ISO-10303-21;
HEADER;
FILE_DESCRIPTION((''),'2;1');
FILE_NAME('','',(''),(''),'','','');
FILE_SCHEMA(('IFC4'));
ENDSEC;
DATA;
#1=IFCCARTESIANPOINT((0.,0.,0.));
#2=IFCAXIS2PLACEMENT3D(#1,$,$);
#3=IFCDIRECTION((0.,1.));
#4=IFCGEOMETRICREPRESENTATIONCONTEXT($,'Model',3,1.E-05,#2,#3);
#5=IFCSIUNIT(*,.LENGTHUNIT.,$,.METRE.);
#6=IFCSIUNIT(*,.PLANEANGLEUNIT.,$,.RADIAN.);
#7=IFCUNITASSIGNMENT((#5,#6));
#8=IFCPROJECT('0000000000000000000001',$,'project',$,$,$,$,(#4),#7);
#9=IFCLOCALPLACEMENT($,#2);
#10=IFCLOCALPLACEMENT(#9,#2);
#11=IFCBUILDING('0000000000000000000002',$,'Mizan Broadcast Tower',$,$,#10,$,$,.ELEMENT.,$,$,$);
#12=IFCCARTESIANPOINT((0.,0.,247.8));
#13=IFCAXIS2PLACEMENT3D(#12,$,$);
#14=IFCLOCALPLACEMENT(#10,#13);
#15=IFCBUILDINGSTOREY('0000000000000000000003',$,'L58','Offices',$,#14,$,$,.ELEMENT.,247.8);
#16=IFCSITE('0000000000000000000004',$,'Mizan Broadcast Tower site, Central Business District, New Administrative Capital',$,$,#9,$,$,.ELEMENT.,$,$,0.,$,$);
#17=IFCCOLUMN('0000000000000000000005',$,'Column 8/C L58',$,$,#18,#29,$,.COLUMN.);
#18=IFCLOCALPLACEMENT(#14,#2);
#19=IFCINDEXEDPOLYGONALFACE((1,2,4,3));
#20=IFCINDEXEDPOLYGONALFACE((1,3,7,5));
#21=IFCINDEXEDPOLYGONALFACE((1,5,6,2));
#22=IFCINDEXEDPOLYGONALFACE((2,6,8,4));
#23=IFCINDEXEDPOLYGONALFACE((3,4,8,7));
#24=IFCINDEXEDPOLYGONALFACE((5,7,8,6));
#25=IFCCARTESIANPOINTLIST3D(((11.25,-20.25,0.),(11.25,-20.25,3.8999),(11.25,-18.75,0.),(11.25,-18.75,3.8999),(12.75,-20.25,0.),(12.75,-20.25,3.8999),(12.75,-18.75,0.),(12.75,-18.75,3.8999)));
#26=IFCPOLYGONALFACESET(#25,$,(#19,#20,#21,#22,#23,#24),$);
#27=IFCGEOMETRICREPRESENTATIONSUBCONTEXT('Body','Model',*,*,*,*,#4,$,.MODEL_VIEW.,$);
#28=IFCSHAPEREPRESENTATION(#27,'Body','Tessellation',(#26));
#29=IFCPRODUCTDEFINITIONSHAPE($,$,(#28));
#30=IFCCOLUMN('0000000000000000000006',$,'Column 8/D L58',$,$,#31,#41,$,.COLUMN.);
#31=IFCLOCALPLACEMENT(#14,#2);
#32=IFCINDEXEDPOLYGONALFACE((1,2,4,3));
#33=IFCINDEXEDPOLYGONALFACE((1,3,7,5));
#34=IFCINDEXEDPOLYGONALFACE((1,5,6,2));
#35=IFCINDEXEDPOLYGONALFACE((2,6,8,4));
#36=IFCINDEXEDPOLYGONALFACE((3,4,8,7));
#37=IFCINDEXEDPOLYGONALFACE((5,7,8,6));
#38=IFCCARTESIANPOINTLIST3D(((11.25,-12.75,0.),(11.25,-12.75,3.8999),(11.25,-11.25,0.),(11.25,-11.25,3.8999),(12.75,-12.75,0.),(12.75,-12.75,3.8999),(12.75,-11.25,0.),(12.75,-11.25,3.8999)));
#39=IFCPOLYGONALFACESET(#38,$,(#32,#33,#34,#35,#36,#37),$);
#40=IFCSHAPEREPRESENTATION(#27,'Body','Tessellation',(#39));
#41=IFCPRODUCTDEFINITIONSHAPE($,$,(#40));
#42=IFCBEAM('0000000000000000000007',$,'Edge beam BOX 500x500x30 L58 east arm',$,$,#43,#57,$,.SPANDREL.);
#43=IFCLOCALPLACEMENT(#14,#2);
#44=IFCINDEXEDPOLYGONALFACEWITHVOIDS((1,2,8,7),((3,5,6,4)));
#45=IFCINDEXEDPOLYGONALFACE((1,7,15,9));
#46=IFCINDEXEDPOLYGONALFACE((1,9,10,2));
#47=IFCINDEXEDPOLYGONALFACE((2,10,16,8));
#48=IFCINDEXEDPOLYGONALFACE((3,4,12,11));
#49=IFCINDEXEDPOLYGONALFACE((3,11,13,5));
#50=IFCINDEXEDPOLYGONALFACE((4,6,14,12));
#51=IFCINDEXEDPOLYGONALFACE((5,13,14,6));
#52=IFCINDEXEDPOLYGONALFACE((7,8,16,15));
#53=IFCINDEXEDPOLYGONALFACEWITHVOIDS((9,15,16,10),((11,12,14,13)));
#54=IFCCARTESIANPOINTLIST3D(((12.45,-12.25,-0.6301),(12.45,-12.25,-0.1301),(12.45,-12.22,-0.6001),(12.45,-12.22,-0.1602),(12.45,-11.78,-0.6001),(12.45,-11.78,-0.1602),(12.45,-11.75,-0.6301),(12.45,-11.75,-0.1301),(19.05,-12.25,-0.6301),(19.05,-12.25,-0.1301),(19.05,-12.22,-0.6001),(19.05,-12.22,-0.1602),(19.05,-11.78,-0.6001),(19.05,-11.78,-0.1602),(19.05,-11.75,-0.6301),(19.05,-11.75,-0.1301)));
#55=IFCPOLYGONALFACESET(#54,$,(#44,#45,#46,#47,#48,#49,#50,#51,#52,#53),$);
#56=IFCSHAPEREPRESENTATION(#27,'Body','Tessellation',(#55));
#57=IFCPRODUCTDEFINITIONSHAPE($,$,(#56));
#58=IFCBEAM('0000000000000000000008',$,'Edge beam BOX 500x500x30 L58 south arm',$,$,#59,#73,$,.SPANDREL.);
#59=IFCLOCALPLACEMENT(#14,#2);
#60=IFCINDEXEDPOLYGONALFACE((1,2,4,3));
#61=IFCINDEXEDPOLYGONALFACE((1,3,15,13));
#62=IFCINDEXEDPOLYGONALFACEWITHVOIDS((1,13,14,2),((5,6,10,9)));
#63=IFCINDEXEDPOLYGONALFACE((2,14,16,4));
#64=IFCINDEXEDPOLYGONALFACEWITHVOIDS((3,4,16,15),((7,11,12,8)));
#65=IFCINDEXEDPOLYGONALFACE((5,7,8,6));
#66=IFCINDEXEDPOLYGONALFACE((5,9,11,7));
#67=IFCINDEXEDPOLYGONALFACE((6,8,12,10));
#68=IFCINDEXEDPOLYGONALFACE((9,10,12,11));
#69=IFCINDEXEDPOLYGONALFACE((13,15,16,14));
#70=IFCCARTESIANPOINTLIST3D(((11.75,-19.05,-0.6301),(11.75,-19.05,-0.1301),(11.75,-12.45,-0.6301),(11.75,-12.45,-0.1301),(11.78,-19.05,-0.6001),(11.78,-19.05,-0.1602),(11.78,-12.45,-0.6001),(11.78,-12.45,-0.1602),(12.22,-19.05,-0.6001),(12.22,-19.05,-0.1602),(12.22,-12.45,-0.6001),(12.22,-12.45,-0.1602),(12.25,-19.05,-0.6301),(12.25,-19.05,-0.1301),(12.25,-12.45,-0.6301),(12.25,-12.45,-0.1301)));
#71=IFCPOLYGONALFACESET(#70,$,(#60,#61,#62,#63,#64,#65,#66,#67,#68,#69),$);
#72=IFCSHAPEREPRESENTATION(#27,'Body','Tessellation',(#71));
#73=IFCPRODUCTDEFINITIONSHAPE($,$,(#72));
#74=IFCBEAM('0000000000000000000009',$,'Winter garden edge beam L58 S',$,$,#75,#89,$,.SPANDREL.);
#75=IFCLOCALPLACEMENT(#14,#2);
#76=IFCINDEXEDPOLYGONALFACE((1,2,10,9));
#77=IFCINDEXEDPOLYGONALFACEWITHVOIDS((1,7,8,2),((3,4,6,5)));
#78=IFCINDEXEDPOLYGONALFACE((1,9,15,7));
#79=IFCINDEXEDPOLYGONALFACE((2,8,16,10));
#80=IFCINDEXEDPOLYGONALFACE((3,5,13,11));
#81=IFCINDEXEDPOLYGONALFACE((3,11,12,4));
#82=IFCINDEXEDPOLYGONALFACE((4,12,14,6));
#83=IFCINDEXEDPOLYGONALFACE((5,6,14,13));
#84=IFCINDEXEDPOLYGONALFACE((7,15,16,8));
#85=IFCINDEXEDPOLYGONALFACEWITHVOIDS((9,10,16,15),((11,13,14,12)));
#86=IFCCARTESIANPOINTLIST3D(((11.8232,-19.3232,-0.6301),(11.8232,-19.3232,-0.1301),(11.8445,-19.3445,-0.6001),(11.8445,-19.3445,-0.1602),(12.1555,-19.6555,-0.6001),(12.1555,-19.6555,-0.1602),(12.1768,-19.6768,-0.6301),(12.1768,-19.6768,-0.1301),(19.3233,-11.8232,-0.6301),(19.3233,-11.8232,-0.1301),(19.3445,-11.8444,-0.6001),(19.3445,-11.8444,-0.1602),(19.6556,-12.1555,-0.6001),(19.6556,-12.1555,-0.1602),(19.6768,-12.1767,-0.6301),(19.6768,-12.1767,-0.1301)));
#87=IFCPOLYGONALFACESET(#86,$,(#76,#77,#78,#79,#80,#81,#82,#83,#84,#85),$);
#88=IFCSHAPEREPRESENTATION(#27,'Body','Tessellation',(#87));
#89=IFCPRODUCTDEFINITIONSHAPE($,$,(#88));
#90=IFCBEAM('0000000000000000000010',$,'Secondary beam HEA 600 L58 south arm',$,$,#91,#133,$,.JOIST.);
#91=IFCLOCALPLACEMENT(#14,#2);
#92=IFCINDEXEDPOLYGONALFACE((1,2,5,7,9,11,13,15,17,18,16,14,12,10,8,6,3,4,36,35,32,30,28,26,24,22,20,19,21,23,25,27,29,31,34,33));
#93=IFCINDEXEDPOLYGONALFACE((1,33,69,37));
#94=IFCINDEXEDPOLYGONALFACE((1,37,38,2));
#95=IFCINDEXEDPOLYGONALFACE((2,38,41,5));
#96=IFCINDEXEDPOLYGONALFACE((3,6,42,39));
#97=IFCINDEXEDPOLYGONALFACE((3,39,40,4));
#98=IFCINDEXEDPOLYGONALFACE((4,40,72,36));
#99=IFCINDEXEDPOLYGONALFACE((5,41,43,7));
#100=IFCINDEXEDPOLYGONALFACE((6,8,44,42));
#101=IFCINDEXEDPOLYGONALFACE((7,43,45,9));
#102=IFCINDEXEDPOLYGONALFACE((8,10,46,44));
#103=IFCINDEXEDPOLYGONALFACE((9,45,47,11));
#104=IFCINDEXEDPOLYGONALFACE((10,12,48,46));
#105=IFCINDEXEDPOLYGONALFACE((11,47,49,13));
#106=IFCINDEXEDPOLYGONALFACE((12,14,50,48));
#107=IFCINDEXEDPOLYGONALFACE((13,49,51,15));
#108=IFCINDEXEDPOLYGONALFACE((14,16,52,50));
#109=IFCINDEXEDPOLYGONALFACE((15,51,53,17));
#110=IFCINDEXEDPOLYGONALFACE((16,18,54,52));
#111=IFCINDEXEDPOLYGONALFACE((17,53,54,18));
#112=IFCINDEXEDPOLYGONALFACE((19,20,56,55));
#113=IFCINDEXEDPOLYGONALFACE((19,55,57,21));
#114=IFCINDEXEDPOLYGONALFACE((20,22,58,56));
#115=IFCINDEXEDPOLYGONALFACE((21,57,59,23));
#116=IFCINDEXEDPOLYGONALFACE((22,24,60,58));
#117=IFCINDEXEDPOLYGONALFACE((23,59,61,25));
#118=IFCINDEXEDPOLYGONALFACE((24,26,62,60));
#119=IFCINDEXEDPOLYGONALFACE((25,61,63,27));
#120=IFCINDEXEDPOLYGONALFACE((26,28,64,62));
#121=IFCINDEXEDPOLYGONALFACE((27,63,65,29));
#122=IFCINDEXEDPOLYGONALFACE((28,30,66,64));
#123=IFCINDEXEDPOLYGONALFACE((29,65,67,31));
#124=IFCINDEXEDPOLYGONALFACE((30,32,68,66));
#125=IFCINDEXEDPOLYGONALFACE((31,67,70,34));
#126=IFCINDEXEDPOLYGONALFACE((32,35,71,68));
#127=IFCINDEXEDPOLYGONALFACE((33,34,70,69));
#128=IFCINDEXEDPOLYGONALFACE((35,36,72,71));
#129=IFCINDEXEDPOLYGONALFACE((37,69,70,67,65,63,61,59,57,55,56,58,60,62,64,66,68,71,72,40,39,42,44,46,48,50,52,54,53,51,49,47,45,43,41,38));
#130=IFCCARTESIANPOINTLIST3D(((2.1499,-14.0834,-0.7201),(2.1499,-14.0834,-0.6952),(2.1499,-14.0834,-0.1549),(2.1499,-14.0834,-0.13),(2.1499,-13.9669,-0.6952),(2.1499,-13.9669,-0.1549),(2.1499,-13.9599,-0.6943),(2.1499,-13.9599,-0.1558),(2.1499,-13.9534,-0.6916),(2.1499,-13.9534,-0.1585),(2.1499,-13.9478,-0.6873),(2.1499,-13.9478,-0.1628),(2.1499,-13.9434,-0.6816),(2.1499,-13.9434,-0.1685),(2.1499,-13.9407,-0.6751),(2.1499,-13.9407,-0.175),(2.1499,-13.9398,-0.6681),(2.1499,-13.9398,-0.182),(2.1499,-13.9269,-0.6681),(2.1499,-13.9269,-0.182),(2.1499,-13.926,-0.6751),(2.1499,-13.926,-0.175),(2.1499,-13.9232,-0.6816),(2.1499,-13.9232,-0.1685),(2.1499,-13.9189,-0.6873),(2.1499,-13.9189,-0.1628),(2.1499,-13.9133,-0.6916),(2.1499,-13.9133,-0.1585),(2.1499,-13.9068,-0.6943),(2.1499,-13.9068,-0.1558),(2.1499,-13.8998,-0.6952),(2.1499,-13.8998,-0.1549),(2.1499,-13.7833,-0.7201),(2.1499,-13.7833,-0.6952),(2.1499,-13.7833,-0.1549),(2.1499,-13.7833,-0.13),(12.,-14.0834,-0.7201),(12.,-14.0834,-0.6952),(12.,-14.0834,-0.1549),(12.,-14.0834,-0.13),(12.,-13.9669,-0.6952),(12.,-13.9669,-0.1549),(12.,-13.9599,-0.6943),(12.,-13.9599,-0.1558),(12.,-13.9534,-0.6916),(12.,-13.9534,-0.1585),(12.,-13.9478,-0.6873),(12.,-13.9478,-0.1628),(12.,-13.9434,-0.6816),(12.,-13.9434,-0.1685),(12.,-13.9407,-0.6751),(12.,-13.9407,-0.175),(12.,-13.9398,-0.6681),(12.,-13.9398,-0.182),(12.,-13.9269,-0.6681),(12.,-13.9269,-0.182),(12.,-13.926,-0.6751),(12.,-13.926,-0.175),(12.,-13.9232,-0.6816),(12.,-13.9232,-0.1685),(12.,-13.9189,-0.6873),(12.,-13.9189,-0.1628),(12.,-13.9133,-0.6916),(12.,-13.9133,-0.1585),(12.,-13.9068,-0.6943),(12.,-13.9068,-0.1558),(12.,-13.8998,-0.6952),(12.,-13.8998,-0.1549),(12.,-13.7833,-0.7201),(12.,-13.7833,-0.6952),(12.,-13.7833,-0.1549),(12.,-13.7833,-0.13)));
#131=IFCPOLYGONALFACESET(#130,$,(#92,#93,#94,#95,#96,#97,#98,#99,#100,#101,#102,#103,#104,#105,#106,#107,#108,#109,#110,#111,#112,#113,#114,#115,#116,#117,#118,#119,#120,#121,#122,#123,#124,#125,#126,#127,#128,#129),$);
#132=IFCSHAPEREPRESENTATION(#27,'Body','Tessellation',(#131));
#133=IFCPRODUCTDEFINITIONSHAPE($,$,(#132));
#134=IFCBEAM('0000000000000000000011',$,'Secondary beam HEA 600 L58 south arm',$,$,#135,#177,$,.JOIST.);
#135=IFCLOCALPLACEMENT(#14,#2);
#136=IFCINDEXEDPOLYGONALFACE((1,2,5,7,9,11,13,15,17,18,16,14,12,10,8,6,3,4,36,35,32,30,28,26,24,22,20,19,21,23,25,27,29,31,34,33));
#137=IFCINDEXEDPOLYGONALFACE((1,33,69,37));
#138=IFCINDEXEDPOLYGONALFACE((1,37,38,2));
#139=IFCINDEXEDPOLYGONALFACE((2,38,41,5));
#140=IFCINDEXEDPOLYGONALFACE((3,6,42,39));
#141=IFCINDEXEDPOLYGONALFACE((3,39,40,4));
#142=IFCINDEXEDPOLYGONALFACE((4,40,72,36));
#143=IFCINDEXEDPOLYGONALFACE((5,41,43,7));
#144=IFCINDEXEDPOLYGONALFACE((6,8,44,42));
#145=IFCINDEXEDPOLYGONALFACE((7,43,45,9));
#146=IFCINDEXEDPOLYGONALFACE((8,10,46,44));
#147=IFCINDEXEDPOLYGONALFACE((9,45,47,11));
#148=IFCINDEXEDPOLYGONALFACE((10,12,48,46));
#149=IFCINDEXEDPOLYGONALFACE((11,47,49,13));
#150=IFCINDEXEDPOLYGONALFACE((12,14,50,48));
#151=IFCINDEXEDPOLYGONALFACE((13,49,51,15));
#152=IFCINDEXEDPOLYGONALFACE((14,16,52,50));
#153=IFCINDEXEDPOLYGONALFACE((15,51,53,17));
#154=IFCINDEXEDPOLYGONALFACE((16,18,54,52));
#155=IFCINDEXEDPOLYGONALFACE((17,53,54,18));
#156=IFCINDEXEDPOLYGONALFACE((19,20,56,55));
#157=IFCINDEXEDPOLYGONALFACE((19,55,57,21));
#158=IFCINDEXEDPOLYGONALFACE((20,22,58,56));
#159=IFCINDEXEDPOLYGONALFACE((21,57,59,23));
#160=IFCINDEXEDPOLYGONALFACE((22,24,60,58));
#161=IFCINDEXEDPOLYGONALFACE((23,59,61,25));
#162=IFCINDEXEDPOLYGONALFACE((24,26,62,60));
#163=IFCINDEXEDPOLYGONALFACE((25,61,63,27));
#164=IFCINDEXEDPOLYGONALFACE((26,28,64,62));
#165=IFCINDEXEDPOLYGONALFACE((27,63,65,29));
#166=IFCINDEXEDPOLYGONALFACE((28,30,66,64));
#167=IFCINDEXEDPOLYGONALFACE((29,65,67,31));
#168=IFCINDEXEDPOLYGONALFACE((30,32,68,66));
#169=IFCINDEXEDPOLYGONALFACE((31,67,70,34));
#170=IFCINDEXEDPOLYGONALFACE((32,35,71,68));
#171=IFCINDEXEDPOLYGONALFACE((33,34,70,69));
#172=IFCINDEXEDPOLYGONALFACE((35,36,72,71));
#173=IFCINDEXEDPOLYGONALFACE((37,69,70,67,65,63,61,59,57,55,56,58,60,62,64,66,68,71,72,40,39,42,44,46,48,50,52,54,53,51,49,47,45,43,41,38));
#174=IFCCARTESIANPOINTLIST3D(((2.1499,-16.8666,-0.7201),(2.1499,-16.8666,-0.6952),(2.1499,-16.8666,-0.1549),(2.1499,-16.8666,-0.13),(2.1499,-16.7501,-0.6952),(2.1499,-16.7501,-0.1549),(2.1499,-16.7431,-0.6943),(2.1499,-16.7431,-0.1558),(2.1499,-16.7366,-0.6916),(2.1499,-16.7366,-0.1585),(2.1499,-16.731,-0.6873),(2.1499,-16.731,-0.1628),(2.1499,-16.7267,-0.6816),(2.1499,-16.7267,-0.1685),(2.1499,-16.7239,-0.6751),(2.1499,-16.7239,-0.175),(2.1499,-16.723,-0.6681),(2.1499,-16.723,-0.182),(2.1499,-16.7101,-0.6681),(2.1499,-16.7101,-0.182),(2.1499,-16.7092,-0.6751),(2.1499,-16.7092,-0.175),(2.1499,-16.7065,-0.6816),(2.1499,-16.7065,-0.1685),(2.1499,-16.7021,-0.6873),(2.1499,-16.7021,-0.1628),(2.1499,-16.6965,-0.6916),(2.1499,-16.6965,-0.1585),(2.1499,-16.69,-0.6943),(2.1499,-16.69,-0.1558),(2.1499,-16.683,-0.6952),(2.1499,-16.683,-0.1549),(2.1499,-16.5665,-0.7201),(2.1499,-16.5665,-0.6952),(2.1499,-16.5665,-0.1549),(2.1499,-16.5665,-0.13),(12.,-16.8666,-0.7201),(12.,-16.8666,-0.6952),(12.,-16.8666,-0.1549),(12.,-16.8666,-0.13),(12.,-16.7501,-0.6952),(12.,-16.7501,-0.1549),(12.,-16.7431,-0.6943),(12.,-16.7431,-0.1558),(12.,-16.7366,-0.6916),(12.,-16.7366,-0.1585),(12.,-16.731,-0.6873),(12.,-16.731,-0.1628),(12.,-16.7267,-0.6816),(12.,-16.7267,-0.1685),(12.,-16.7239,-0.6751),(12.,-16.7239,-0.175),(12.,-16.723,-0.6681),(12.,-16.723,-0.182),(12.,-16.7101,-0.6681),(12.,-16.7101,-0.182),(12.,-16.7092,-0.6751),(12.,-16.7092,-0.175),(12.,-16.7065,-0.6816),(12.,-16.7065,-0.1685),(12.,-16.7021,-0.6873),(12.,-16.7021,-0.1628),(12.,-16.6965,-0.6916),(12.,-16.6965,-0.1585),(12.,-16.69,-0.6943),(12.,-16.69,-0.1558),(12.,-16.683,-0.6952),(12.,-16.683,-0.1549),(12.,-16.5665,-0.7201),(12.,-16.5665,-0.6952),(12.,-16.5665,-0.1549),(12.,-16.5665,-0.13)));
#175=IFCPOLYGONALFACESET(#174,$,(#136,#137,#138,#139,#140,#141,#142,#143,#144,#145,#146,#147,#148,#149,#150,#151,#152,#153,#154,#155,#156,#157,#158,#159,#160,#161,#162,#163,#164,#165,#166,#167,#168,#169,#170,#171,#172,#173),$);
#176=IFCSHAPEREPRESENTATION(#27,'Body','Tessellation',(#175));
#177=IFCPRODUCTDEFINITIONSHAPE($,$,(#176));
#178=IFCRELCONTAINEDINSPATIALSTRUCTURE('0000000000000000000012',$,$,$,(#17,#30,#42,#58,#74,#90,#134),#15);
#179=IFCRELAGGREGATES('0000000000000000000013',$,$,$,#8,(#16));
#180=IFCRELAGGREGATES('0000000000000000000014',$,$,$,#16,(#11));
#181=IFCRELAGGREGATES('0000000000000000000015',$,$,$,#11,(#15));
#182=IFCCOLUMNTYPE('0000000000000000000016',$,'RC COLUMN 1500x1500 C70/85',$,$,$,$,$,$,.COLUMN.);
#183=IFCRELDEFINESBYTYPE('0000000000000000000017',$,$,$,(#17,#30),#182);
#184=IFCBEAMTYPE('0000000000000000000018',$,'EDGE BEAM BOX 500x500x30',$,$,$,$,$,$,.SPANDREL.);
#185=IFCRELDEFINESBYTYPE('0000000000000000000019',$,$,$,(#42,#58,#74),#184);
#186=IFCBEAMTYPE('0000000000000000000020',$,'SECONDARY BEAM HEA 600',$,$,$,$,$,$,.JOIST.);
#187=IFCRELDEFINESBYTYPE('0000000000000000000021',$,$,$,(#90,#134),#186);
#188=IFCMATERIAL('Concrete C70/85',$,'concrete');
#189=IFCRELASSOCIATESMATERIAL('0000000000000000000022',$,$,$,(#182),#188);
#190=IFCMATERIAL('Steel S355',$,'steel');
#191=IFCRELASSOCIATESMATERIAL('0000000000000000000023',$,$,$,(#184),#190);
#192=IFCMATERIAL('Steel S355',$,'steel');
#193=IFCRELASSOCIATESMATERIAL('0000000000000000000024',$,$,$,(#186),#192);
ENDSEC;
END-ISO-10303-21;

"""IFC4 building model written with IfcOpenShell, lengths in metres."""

from ifc_helpers import new_model, si_unit, direction, frame, origin, origin_2d, place, context, subcontext, project, spatial, rectangle, hollow_rectangle, i_section, extrude, material, material_profile, profile_set, type_object, element, save


model = new_model("IFC4")

# Units and contexts
model_context = context("Model", 3, precision=1e-05, world=origin(), true_north=direction((0.0, 1.0)))
body_context = subcontext(model_context, "Body", "Model", "MODEL_VIEW")
ifc_project = project(units=[si_unit("LENGTHUNIT", "METRE"), si_unit("PLANEANGLEUNIT", "RADIAN")], contexts=[model_context])

# Site, building, storey
site_placement = place(None, origin())
site = spatial("IfcSite", under=ifc_project, at=site_placement, Name="Mizan Broadcast Tower site, Central Business District, New Administrative Capital", CompositionType="ELEMENT", RefElevation=0.0)
building_placement = place(site_placement, origin())
building = spatial("IfcBuilding", under=site, at=building_placement, Name="Mizan Broadcast Tower", CompositionType="ELEMENT")
storey_placement = place(building_placement, frame((0.0, 0.0, 247.8)))
storey = spatial("IfcBuildingStorey", under=building, at=storey_placement, Name="L58", Description="Offices", CompositionType="ELEMENT", Elevation=247.8)

# Columns
ifc_material_1 = material(Name="Concrete C70/85", Category="concrete")
ifc_material_profile_1 = material_profile(ifc_material_1, rectangle(XDim=1.5, YDim=1.5, at=origin_2d()), Name="RC 1500x1500")
ifc_profile_set_1 = profile_set([ifc_material_profile_1], Name="Concrete C70/85")
column_type = type_object("IfcColumnType", Name="RC COLUMN 1500x1500 C70/85", PredefinedType="COLUMN", material=ifc_profile_set_1)
for number, where, z_axis, x_axis, name in (
    (1, (12.0, -19.5, 0.0), (0.0, 0.0, 1.0), (1.0, 0.0, 0.0), "Column 8/C L58"),
    (2, (12.0, -12.0, 0.0), (0.0, 0.0, 1.0), (1.0, 0.0, 0.0), "Column 8/D L58"),
):
    element("IfcColumn", number, at=place(storey_placement, frame(where, z_axis=z_axis, x_axis=x_axis)), inside=storey, type_object=column_type, Name=name, PredefinedType="COLUMN", context=body_context, shape_type="SweptSolid", body=[
        extrude(rectangle(XDim=1.5, YDim=1.5, at=origin_2d()), origin(), (0.0, 0.0, 1.0), 3.8999),
    ])

# Beams
ifc_material_2 = material(Name="Steel S355", Category="steel")
ifc_material_profile_2 = material_profile(ifc_material_2, hollow_rectangle(XDim=0.5, YDim=0.5, WallThickness=0.03, at=origin_2d()), Name="BOX 500x500x30")
ifc_profile_set_2 = profile_set([ifc_material_profile_2], Name="Steel S355")
beam_type_1 = type_object("IfcBeamType", Name="EDGE BEAM BOX 500x500x30", PredefinedType="SPANDREL", material=ifc_profile_set_2)
for number, where, z_axis, x_axis, name in (
    (3, (12.45, -12.0, -0.3801), (1.0, 0.0, 0.0), (0.0, 1.0, 0.0), "Edge beam BOX 500x500x30 L58 east arm"),
    (4, (12.0, -12.45, -0.3801), (0.0, -1.0, 0.0), (1.0, 0.0, 0.0), "Edge beam BOX 500x500x30 L58 south arm"),
):
    element("IfcBeam", number, at=place(storey_placement, frame(where, z_axis=z_axis, x_axis=x_axis)), inside=storey, type_object=beam_type_1, Name=name, PredefinedType="SPANDREL", context=body_context, shape_type="SweptSolid", body=[
        extrude(hollow_rectangle(XDim=0.5, YDim=0.5, WallThickness=0.03, at=origin_2d()), origin(), (0.0, 0.0, 1.0), 6.6001),
    ])
beam_1_placement = place(storey_placement, frame((12.0, -19.5, -0.3801), z_axis=(0.707107, 0.707107, 0.0), x_axis=(-0.707107, 0.707107, 0.0)))
element("IfcBeam", 5, at=beam_1_placement, inside=storey, type_object=beam_type_1, Name="Winter garden edge beam L58 S", PredefinedType="SPANDREL", context=body_context, shape_type="SweptSolid", body=[
    extrude(hollow_rectangle(XDim=0.5, YDim=0.5, WallThickness=0.03, at=origin_2d()), origin(), (0.0, 0.0, 1.0), 10.6067),
])
ifc_material_3 = material(Name="Steel S355", Category="steel")
ifc_material_profile_3 = material_profile(ifc_material_3, i_section(OverallWidth=0.3, OverallDepth=0.5901, WebThickness=0.0129, FlangeThickness=0.0249, FilletRadius=0.0271, at=origin_2d()), Name="HEA 600")
ifc_profile_set_3 = profile_set([ifc_material_profile_3], Name="Steel S355")
beam_type_2 = type_object("IfcBeamType", Name="SECONDARY BEAM HEA 600", PredefinedType="JOIST", material=ifc_profile_set_3)
for number, where, z_axis, x_axis, name in (
    (6, (12.0, -13.9333, -0.425), (-1.0, 0.0, 0.0), (0.0, -1.0, 0.0), "Secondary beam HEA 600 L58 south arm"),
    (7, (12.0, -16.7166, -0.425), (-1.0, 0.0, 0.0), (0.0, -1.0, 0.0), "Secondary beam HEA 600 L58 south arm"),
):
    element("IfcBeam", number, at=place(storey_placement, frame(where, z_axis=z_axis, x_axis=x_axis)), inside=storey, type_object=beam_type_2, Name=name, PredefinedType="JOIST", context=body_context, shape_type="SweptSolid", body=[
        extrude(i_section(OverallWidth=0.3, OverallDepth=0.5901, WebThickness=0.0129, FlangeThickness=0.0249, FilletRadius=0.0271, at=origin_2d()), origin(), (0.0, 0.0, 1.0), 9.8501),
    ])

save(model, "model.ifc")
